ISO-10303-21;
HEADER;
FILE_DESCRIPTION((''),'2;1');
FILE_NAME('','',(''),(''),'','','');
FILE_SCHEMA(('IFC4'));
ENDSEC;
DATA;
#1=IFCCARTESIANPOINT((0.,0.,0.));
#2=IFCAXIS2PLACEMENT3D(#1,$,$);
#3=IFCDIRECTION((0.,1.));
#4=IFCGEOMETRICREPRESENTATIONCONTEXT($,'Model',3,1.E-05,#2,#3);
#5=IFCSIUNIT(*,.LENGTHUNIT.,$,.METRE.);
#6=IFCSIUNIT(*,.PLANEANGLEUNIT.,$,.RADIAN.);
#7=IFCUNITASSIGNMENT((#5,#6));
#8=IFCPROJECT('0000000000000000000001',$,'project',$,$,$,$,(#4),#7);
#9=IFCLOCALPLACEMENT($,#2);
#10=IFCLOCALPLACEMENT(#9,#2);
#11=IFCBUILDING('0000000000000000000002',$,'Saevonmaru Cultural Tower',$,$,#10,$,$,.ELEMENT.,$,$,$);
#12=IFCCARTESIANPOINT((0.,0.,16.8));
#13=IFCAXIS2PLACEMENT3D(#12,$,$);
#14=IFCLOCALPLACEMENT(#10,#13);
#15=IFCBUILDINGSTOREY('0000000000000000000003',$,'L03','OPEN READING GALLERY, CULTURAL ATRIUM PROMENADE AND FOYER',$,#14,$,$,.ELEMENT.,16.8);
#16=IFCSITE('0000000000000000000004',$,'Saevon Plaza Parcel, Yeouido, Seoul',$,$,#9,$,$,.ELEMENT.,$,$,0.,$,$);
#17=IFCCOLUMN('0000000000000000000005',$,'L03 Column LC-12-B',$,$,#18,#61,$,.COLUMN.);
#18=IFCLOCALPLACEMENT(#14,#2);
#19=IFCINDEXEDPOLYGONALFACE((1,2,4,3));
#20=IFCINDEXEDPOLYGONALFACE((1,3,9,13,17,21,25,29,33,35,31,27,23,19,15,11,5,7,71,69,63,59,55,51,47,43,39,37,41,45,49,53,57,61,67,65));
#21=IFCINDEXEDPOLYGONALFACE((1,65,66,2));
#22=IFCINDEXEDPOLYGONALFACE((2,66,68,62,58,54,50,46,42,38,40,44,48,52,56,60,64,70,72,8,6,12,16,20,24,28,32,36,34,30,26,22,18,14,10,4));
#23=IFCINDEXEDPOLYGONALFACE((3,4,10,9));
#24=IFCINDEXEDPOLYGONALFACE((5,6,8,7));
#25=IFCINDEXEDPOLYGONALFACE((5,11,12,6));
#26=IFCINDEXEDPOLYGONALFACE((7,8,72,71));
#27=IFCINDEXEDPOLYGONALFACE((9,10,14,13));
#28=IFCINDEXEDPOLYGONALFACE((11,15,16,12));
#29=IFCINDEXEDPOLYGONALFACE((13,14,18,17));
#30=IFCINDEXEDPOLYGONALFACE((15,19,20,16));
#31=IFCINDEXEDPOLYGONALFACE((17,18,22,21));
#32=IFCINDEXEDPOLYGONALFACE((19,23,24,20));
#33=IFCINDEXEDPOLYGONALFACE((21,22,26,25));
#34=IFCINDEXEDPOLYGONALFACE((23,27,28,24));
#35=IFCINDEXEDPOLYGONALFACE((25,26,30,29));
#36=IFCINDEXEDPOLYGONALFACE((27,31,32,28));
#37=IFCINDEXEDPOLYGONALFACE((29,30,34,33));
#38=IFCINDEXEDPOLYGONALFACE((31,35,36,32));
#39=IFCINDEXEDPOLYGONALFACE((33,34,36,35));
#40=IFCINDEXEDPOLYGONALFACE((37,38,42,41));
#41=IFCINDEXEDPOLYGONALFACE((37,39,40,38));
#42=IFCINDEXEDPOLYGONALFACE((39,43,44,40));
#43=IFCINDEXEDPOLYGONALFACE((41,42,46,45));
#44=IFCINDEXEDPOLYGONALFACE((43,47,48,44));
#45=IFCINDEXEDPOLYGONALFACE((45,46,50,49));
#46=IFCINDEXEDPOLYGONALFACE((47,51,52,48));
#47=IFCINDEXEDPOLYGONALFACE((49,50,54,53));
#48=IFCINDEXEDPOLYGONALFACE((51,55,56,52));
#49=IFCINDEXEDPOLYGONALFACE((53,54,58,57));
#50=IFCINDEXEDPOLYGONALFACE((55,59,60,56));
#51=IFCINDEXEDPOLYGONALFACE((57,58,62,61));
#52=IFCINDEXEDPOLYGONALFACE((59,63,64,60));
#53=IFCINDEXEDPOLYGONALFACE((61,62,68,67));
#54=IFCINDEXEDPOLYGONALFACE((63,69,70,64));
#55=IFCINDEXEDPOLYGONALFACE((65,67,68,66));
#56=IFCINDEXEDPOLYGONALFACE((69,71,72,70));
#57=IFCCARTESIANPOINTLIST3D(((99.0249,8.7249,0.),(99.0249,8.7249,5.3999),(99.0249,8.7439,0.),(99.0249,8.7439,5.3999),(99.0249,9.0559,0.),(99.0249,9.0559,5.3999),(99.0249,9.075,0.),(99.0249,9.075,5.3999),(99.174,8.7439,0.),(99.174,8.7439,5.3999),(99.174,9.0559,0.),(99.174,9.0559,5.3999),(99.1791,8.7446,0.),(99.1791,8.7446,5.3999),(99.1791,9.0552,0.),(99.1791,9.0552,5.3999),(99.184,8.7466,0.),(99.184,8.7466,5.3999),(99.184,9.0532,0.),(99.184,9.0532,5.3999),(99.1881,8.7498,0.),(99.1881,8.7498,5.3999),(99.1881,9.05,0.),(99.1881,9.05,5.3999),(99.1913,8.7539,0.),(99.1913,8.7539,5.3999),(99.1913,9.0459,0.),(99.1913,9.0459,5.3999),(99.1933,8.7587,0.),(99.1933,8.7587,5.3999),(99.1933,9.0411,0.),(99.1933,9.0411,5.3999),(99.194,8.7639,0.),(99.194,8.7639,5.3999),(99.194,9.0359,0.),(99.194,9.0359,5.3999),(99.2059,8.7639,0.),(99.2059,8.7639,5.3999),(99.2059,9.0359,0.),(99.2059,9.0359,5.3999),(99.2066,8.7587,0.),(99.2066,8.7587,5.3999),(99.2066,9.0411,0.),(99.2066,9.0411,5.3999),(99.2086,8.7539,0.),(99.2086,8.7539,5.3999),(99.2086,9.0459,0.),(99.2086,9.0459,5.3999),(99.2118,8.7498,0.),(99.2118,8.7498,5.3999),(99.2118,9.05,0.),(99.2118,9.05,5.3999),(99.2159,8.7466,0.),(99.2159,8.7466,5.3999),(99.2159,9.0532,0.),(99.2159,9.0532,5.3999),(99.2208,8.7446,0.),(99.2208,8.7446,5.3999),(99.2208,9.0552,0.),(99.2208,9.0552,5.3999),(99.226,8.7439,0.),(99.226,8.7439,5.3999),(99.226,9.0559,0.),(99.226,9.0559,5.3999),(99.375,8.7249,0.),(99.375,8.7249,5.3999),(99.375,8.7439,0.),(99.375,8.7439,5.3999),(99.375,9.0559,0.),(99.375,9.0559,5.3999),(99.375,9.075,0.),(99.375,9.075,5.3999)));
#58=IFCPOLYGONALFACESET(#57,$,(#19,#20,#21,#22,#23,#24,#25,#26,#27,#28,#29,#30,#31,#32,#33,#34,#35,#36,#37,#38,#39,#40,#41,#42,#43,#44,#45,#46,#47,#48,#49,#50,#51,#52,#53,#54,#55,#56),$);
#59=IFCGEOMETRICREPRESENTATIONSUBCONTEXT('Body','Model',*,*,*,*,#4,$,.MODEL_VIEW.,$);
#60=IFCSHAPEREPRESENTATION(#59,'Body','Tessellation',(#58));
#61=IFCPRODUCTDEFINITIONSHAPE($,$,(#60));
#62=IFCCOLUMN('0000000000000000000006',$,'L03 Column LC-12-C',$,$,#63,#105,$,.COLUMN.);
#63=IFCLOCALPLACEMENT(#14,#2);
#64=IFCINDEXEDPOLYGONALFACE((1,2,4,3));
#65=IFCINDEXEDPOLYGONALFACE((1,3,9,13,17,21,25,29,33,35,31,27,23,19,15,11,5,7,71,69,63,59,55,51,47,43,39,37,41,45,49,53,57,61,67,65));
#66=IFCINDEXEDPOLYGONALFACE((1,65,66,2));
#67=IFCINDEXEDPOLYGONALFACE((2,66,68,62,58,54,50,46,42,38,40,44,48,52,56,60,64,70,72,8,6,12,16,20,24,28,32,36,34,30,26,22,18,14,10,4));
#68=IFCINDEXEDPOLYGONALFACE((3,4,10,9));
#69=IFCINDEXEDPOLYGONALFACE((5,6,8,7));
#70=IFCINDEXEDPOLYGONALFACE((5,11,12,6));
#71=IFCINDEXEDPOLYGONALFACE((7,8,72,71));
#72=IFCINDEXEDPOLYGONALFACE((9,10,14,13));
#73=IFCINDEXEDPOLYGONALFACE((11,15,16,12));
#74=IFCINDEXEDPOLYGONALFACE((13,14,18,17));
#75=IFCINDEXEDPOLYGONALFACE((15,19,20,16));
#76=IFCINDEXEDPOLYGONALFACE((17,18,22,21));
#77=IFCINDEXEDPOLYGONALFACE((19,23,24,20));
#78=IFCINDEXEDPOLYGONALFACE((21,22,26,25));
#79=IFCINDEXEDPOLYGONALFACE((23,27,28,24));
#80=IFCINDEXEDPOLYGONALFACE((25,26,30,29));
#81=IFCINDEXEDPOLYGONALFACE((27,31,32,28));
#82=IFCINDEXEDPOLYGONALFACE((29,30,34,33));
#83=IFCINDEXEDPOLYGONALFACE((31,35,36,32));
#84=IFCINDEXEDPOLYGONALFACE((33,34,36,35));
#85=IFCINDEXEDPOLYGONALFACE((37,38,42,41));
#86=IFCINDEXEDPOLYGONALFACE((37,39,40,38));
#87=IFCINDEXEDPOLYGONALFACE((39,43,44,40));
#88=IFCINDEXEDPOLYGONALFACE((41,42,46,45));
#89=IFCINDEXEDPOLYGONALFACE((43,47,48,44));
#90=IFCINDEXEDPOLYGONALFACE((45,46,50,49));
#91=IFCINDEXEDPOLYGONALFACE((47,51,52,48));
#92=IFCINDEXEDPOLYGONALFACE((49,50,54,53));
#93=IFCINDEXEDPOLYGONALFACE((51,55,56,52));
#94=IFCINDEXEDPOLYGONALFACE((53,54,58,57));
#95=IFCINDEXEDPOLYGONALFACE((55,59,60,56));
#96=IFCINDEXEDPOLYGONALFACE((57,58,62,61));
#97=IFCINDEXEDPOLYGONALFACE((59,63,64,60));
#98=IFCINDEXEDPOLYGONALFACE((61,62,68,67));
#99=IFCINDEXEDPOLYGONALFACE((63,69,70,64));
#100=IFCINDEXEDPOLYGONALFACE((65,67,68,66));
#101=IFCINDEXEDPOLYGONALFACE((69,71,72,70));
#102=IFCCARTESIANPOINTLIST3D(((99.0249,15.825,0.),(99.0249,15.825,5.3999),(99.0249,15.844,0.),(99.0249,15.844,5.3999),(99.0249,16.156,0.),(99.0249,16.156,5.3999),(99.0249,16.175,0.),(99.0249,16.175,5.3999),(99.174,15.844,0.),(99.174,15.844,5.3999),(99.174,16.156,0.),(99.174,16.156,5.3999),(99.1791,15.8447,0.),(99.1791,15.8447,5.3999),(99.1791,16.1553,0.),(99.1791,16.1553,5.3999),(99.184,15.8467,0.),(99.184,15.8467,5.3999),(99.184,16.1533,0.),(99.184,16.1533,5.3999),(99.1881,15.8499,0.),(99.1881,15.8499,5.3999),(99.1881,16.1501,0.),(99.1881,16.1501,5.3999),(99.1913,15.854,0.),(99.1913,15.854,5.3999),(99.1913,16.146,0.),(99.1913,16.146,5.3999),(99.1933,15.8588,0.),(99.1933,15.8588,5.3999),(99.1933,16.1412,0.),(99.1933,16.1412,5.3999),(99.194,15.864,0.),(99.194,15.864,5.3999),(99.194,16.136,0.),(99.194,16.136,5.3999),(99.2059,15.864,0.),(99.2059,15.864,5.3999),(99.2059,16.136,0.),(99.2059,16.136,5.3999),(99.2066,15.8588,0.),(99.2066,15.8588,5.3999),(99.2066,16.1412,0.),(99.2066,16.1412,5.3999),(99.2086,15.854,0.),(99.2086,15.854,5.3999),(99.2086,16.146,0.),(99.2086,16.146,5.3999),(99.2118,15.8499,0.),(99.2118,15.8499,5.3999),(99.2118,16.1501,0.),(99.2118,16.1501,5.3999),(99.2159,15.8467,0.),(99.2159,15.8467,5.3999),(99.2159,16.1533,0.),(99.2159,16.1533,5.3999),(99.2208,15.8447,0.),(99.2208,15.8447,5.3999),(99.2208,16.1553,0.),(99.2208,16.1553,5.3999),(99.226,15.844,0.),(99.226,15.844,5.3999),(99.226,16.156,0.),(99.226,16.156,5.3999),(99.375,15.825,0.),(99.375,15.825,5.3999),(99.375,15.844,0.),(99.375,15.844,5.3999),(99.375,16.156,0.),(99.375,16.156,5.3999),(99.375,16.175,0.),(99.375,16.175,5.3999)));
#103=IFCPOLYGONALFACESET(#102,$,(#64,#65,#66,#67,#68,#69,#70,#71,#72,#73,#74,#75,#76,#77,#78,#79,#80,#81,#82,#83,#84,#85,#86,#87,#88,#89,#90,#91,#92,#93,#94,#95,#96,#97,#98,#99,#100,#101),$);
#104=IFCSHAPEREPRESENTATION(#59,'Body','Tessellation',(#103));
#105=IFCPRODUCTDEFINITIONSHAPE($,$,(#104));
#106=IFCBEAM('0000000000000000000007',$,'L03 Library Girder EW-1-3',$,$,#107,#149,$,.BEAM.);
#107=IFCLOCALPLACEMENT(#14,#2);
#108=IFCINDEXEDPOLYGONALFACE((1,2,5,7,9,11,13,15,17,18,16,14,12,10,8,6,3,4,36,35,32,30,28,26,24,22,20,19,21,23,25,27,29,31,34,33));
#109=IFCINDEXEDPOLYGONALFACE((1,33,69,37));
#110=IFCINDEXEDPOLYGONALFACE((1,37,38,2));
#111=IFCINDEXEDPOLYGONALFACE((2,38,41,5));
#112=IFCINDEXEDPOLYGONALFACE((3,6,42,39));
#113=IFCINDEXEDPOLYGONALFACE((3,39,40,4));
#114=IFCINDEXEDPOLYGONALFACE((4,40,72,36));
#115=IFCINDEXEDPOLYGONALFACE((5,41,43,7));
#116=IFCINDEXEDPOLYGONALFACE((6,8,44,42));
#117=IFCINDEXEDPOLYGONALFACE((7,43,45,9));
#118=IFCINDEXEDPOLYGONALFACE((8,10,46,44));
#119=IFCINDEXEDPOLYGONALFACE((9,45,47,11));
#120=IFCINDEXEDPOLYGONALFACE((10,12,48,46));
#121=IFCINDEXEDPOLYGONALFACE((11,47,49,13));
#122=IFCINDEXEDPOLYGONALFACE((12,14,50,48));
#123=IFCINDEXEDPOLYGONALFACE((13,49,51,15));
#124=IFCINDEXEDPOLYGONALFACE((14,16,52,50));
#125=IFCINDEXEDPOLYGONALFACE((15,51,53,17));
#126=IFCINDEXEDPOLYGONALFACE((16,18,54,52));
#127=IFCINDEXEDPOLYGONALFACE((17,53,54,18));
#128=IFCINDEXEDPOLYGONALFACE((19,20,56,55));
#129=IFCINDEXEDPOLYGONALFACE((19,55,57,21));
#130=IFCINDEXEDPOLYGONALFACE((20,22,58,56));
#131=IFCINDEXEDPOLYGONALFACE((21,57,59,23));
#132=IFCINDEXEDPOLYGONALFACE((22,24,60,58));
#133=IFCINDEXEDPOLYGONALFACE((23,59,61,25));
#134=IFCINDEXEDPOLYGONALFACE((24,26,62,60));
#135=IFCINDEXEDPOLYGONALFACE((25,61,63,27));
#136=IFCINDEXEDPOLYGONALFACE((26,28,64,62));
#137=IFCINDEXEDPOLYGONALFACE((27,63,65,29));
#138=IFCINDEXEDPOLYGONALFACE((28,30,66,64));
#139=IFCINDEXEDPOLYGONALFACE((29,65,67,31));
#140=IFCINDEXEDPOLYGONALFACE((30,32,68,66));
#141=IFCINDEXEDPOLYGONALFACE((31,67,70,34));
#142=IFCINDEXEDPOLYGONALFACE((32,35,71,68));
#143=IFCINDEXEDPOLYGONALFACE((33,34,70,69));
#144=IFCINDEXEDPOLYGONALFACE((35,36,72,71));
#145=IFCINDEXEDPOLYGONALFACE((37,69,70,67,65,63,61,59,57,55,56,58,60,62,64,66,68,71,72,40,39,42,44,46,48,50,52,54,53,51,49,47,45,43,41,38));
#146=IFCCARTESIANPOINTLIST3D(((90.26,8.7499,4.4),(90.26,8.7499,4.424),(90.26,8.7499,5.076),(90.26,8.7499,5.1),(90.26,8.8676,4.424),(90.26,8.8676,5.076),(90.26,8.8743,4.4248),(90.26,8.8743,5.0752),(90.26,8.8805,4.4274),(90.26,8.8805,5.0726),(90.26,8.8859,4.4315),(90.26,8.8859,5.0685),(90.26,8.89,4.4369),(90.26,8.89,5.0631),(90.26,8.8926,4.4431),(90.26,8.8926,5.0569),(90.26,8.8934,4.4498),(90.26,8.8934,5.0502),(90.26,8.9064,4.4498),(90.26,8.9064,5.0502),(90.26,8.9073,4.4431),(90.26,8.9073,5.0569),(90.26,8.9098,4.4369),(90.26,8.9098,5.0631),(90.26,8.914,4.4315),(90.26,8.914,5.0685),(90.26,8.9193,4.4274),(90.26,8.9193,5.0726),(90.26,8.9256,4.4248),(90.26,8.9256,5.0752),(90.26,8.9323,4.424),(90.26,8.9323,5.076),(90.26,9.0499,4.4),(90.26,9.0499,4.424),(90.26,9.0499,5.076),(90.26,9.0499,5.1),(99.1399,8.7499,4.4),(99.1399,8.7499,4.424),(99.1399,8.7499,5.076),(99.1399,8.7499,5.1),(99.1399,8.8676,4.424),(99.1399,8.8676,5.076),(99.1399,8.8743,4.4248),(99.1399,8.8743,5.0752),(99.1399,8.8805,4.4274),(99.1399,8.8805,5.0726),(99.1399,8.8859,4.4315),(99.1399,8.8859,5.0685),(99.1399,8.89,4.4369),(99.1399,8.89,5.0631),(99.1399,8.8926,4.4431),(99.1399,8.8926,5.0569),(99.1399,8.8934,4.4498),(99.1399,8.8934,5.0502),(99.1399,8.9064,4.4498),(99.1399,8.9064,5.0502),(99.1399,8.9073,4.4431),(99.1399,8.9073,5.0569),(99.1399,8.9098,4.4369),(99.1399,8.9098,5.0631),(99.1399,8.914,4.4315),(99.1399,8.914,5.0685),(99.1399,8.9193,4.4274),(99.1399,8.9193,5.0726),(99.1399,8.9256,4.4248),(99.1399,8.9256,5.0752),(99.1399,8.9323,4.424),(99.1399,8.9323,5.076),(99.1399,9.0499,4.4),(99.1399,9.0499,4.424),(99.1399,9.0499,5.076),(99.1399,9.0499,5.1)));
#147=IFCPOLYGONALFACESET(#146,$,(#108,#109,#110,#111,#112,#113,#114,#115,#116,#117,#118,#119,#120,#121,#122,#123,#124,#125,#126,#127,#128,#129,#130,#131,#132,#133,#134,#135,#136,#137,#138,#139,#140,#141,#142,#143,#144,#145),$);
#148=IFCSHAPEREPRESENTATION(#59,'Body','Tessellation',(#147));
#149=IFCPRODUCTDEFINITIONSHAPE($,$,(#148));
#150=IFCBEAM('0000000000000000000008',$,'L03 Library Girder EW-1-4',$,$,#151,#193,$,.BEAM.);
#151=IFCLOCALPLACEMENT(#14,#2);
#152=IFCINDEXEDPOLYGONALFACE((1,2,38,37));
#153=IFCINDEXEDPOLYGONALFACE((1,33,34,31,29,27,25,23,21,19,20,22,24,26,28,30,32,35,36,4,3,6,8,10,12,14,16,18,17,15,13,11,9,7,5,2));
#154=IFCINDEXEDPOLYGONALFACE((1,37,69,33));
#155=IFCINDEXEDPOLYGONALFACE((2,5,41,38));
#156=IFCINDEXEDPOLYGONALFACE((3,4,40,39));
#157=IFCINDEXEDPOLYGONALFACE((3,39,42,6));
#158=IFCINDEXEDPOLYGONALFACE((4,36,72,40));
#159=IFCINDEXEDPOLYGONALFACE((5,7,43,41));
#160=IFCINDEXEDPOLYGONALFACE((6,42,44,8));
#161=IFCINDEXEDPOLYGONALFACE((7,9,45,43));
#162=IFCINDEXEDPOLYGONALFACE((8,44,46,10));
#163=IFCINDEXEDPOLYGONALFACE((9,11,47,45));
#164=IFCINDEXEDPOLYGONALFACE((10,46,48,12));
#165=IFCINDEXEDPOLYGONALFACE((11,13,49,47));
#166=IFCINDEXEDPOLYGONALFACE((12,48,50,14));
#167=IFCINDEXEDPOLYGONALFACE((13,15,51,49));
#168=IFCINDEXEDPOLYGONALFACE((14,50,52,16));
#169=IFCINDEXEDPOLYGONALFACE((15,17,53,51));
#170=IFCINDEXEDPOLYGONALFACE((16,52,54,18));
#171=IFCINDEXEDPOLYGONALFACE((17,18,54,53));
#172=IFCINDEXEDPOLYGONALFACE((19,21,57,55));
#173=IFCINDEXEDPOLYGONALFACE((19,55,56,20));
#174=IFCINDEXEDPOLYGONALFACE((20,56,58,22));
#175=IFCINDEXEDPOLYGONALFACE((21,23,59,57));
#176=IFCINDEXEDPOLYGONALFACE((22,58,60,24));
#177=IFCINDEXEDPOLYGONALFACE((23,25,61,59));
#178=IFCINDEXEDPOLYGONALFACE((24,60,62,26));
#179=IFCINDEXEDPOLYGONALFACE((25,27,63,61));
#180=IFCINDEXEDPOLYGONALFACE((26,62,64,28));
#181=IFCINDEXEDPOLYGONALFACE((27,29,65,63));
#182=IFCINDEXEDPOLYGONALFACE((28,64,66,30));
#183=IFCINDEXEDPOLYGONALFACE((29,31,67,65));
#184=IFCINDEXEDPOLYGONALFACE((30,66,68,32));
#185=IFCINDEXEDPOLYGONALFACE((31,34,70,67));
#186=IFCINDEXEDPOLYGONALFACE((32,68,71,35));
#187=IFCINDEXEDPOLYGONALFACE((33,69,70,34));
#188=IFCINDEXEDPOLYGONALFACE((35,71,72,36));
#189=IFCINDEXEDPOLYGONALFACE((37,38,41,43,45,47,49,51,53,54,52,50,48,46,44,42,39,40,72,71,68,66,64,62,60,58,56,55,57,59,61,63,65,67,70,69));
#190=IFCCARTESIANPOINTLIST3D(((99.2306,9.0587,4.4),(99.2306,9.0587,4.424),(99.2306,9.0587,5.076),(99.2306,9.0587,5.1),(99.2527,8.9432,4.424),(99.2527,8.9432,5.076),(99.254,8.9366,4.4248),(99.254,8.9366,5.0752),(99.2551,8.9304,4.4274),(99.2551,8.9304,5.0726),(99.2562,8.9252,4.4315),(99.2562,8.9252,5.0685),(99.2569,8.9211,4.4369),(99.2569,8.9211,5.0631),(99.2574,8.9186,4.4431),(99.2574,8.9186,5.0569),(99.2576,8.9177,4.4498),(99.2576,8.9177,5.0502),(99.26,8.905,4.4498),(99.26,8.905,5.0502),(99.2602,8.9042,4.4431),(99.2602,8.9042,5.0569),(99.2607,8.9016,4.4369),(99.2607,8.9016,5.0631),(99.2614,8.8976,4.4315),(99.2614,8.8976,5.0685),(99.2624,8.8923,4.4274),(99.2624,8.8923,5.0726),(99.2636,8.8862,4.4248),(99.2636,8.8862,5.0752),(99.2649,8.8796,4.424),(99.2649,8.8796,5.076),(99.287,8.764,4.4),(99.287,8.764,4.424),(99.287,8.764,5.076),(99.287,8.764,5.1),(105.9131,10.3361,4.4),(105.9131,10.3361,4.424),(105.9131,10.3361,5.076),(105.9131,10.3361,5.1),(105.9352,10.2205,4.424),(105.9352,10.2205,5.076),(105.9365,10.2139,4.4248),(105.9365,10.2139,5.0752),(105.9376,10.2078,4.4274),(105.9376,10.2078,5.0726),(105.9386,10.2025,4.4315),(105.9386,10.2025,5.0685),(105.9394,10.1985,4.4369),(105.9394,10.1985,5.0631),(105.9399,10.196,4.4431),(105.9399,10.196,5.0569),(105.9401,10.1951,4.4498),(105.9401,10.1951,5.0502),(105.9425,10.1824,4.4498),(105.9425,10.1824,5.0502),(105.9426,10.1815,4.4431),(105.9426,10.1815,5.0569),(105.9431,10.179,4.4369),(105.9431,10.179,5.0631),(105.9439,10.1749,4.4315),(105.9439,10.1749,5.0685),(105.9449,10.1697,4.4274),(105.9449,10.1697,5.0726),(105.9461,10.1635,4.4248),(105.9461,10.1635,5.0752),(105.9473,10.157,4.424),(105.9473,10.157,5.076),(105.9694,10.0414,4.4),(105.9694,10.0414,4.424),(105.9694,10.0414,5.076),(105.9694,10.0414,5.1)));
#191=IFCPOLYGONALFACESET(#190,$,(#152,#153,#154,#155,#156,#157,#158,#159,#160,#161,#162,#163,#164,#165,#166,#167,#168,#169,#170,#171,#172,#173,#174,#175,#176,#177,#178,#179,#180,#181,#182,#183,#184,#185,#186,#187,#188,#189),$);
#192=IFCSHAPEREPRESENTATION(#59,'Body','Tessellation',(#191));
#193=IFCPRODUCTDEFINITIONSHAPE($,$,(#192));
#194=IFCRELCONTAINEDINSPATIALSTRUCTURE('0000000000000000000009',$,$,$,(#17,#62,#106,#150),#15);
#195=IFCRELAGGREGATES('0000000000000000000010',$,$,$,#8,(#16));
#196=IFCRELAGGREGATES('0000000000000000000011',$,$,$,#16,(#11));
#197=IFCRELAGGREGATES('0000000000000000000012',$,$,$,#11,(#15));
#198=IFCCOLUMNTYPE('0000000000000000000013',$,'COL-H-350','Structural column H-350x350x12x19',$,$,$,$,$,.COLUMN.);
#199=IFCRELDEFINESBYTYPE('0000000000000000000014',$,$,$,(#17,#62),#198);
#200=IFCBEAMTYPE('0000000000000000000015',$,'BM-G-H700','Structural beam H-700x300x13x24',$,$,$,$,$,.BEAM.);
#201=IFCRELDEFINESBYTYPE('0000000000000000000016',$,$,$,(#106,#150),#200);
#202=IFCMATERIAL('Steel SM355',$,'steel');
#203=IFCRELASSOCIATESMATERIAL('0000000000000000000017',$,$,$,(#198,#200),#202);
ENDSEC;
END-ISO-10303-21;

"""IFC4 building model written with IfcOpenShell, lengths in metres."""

from ifc_helpers import new_model, si_unit, direction, frame, origin, origin_2d, place, context, subcontext, project, spatial, i_section, extrude, material, material_profile, profile_set, type_object, element, save


model = new_model("IFC4")

# Units and contexts
model_context = context("Model", 3, precision=1e-05, world=origin(), true_north=direction((0.0, 1.0)))
body_context = subcontext(model_context, "Body", "Model", "MODEL_VIEW")
ifc_project = project(units=[si_unit("LENGTHUNIT", "METRE"), si_unit("PLANEANGLEUNIT", "RADIAN")], contexts=[model_context])

# Site, building, storey
site_placement = place(None, origin())
site = spatial("IfcSite", under=ifc_project, at=site_placement, Name="Saevon Plaza Parcel, Yeouido, Seoul", CompositionType="ELEMENT", RefElevation=0.0)
building_placement = place(site_placement, origin())
building = spatial("IfcBuilding", under=site, at=building_placement, Name="Saevonmaru Cultural Tower", CompositionType="ELEMENT")
storey_placement = place(building_placement, frame((0.0, 0.0, 16.8)))
storey = spatial("IfcBuildingStorey", under=building, at=storey_placement, Name="L03", Description="OPEN READING GALLERY, CULTURAL ATRIUM PROMENADE AND FOYER", CompositionType="ELEMENT", Elevation=16.8)

# Columns
ifc_material_1 = material(Name="Steel SM355", Category="steel")
ifc_material_profile_1 = material_profile(ifc_material_1, i_section(OverallWidth=0.3501, OverallDepth=0.3501, WebThickness=0.012, FlangeThickness=0.019, FilletRadius=0.02, at=origin_2d()), Name="H-350x350x12x19")
ifc_profile_set_1 = profile_set([ifc_material_profile_1], Name="Steel SM355")
column_type_1 = type_object("IfcColumnType", Name="COL-H-350", Description="Structural column H-350x350x12x19", PredefinedType="COLUMN", material=ifc_profile_set_1)
for number, where, z_axis, x_axis, name in (
    (1, (99.2, 8.8999, 0.0), (0.0, 0.0, 1.0), (1.0, 0.0, 0.0), "L03 Column LC-12-B"),
    (2, (99.2, 16.0, 0.0), (0.0, 0.0, 1.0), (1.0, 0.0, 0.0), "L03 Column LC-12-C"),
):
    element("IfcColumn", number, at=place(storey_placement, frame(where, z_axis=z_axis, x_axis=x_axis)), inside=storey, type_object=column_type_1, Name=name, PredefinedType="COLUMN", context=body_context, shape_type="SweptSolid", body=[
        extrude(i_section(OverallWidth=0.3501, OverallDepth=0.3501, WebThickness=0.012, FlangeThickness=0.019, FilletRadius=0.02, at=origin_2d()), origin(), (0.0, 0.0, 1.0), 5.3999),
    ])

# Beams
ifc_material_profile_2 = material_profile(ifc_material_1, i_section(OverallWidth=0.3, OverallDepth=0.7, WebThickness=0.0129, FlangeThickness=0.0239, FilletRadius=0.0259, at=origin_2d()), Name="H-700x300x13x24")
ifc_profile_set_2 = profile_set([ifc_material_profile_2], Name="Steel SM355")
beam_type = type_object("IfcBeamType", Name="BM-G-H700", Description="Structural beam H-700x300x13x24", PredefinedType="BEAM", material=ifc_profile_set_2)
beam_1_placement = place(storey_placement, frame((90.26, 8.8999, 4.75), z_axis=(1.0, 0.0, 0.0), x_axis=(0.0, 1.0, 0.0)))
element("IfcBeam", 3, at=beam_1_placement, inside=storey, type_object=beam_type, Name="L03 Library Girder EW-1-3", PredefinedType="BEAM", context=body_context, shape_type="SweptSolid", body=[
    extrude(i_section(OverallWidth=0.3, OverallDepth=0.7, WebThickness=0.0129, FlangeThickness=0.0239, FilletRadius=0.0259, at=origin_2d()), origin(), (0.0, 0.0, 1.0), 8.8799),
])
beam_2_placement = place(storey_placement, frame((99.2588, 8.9114, 4.75), z_axis=(0.982216, 0.187752, 0.0), x_axis=(-0.187752, 0.982216, 0.0)))
element("IfcBeam", 4, at=beam_2_placement, inside=storey, type_object=beam_type, Name="L03 Library Girder EW-1-4", PredefinedType="BEAM", context=body_context, shape_type="SweptSolid", body=[
    extrude(i_section(OverallWidth=0.3, OverallDepth=0.7, WebThickness=0.0129, FlangeThickness=0.0239, FilletRadius=0.0259, at=origin_2d()), origin(), (0.0, 0.0, 1.0), 6.8035),
])

save(model, "model.ifc")
